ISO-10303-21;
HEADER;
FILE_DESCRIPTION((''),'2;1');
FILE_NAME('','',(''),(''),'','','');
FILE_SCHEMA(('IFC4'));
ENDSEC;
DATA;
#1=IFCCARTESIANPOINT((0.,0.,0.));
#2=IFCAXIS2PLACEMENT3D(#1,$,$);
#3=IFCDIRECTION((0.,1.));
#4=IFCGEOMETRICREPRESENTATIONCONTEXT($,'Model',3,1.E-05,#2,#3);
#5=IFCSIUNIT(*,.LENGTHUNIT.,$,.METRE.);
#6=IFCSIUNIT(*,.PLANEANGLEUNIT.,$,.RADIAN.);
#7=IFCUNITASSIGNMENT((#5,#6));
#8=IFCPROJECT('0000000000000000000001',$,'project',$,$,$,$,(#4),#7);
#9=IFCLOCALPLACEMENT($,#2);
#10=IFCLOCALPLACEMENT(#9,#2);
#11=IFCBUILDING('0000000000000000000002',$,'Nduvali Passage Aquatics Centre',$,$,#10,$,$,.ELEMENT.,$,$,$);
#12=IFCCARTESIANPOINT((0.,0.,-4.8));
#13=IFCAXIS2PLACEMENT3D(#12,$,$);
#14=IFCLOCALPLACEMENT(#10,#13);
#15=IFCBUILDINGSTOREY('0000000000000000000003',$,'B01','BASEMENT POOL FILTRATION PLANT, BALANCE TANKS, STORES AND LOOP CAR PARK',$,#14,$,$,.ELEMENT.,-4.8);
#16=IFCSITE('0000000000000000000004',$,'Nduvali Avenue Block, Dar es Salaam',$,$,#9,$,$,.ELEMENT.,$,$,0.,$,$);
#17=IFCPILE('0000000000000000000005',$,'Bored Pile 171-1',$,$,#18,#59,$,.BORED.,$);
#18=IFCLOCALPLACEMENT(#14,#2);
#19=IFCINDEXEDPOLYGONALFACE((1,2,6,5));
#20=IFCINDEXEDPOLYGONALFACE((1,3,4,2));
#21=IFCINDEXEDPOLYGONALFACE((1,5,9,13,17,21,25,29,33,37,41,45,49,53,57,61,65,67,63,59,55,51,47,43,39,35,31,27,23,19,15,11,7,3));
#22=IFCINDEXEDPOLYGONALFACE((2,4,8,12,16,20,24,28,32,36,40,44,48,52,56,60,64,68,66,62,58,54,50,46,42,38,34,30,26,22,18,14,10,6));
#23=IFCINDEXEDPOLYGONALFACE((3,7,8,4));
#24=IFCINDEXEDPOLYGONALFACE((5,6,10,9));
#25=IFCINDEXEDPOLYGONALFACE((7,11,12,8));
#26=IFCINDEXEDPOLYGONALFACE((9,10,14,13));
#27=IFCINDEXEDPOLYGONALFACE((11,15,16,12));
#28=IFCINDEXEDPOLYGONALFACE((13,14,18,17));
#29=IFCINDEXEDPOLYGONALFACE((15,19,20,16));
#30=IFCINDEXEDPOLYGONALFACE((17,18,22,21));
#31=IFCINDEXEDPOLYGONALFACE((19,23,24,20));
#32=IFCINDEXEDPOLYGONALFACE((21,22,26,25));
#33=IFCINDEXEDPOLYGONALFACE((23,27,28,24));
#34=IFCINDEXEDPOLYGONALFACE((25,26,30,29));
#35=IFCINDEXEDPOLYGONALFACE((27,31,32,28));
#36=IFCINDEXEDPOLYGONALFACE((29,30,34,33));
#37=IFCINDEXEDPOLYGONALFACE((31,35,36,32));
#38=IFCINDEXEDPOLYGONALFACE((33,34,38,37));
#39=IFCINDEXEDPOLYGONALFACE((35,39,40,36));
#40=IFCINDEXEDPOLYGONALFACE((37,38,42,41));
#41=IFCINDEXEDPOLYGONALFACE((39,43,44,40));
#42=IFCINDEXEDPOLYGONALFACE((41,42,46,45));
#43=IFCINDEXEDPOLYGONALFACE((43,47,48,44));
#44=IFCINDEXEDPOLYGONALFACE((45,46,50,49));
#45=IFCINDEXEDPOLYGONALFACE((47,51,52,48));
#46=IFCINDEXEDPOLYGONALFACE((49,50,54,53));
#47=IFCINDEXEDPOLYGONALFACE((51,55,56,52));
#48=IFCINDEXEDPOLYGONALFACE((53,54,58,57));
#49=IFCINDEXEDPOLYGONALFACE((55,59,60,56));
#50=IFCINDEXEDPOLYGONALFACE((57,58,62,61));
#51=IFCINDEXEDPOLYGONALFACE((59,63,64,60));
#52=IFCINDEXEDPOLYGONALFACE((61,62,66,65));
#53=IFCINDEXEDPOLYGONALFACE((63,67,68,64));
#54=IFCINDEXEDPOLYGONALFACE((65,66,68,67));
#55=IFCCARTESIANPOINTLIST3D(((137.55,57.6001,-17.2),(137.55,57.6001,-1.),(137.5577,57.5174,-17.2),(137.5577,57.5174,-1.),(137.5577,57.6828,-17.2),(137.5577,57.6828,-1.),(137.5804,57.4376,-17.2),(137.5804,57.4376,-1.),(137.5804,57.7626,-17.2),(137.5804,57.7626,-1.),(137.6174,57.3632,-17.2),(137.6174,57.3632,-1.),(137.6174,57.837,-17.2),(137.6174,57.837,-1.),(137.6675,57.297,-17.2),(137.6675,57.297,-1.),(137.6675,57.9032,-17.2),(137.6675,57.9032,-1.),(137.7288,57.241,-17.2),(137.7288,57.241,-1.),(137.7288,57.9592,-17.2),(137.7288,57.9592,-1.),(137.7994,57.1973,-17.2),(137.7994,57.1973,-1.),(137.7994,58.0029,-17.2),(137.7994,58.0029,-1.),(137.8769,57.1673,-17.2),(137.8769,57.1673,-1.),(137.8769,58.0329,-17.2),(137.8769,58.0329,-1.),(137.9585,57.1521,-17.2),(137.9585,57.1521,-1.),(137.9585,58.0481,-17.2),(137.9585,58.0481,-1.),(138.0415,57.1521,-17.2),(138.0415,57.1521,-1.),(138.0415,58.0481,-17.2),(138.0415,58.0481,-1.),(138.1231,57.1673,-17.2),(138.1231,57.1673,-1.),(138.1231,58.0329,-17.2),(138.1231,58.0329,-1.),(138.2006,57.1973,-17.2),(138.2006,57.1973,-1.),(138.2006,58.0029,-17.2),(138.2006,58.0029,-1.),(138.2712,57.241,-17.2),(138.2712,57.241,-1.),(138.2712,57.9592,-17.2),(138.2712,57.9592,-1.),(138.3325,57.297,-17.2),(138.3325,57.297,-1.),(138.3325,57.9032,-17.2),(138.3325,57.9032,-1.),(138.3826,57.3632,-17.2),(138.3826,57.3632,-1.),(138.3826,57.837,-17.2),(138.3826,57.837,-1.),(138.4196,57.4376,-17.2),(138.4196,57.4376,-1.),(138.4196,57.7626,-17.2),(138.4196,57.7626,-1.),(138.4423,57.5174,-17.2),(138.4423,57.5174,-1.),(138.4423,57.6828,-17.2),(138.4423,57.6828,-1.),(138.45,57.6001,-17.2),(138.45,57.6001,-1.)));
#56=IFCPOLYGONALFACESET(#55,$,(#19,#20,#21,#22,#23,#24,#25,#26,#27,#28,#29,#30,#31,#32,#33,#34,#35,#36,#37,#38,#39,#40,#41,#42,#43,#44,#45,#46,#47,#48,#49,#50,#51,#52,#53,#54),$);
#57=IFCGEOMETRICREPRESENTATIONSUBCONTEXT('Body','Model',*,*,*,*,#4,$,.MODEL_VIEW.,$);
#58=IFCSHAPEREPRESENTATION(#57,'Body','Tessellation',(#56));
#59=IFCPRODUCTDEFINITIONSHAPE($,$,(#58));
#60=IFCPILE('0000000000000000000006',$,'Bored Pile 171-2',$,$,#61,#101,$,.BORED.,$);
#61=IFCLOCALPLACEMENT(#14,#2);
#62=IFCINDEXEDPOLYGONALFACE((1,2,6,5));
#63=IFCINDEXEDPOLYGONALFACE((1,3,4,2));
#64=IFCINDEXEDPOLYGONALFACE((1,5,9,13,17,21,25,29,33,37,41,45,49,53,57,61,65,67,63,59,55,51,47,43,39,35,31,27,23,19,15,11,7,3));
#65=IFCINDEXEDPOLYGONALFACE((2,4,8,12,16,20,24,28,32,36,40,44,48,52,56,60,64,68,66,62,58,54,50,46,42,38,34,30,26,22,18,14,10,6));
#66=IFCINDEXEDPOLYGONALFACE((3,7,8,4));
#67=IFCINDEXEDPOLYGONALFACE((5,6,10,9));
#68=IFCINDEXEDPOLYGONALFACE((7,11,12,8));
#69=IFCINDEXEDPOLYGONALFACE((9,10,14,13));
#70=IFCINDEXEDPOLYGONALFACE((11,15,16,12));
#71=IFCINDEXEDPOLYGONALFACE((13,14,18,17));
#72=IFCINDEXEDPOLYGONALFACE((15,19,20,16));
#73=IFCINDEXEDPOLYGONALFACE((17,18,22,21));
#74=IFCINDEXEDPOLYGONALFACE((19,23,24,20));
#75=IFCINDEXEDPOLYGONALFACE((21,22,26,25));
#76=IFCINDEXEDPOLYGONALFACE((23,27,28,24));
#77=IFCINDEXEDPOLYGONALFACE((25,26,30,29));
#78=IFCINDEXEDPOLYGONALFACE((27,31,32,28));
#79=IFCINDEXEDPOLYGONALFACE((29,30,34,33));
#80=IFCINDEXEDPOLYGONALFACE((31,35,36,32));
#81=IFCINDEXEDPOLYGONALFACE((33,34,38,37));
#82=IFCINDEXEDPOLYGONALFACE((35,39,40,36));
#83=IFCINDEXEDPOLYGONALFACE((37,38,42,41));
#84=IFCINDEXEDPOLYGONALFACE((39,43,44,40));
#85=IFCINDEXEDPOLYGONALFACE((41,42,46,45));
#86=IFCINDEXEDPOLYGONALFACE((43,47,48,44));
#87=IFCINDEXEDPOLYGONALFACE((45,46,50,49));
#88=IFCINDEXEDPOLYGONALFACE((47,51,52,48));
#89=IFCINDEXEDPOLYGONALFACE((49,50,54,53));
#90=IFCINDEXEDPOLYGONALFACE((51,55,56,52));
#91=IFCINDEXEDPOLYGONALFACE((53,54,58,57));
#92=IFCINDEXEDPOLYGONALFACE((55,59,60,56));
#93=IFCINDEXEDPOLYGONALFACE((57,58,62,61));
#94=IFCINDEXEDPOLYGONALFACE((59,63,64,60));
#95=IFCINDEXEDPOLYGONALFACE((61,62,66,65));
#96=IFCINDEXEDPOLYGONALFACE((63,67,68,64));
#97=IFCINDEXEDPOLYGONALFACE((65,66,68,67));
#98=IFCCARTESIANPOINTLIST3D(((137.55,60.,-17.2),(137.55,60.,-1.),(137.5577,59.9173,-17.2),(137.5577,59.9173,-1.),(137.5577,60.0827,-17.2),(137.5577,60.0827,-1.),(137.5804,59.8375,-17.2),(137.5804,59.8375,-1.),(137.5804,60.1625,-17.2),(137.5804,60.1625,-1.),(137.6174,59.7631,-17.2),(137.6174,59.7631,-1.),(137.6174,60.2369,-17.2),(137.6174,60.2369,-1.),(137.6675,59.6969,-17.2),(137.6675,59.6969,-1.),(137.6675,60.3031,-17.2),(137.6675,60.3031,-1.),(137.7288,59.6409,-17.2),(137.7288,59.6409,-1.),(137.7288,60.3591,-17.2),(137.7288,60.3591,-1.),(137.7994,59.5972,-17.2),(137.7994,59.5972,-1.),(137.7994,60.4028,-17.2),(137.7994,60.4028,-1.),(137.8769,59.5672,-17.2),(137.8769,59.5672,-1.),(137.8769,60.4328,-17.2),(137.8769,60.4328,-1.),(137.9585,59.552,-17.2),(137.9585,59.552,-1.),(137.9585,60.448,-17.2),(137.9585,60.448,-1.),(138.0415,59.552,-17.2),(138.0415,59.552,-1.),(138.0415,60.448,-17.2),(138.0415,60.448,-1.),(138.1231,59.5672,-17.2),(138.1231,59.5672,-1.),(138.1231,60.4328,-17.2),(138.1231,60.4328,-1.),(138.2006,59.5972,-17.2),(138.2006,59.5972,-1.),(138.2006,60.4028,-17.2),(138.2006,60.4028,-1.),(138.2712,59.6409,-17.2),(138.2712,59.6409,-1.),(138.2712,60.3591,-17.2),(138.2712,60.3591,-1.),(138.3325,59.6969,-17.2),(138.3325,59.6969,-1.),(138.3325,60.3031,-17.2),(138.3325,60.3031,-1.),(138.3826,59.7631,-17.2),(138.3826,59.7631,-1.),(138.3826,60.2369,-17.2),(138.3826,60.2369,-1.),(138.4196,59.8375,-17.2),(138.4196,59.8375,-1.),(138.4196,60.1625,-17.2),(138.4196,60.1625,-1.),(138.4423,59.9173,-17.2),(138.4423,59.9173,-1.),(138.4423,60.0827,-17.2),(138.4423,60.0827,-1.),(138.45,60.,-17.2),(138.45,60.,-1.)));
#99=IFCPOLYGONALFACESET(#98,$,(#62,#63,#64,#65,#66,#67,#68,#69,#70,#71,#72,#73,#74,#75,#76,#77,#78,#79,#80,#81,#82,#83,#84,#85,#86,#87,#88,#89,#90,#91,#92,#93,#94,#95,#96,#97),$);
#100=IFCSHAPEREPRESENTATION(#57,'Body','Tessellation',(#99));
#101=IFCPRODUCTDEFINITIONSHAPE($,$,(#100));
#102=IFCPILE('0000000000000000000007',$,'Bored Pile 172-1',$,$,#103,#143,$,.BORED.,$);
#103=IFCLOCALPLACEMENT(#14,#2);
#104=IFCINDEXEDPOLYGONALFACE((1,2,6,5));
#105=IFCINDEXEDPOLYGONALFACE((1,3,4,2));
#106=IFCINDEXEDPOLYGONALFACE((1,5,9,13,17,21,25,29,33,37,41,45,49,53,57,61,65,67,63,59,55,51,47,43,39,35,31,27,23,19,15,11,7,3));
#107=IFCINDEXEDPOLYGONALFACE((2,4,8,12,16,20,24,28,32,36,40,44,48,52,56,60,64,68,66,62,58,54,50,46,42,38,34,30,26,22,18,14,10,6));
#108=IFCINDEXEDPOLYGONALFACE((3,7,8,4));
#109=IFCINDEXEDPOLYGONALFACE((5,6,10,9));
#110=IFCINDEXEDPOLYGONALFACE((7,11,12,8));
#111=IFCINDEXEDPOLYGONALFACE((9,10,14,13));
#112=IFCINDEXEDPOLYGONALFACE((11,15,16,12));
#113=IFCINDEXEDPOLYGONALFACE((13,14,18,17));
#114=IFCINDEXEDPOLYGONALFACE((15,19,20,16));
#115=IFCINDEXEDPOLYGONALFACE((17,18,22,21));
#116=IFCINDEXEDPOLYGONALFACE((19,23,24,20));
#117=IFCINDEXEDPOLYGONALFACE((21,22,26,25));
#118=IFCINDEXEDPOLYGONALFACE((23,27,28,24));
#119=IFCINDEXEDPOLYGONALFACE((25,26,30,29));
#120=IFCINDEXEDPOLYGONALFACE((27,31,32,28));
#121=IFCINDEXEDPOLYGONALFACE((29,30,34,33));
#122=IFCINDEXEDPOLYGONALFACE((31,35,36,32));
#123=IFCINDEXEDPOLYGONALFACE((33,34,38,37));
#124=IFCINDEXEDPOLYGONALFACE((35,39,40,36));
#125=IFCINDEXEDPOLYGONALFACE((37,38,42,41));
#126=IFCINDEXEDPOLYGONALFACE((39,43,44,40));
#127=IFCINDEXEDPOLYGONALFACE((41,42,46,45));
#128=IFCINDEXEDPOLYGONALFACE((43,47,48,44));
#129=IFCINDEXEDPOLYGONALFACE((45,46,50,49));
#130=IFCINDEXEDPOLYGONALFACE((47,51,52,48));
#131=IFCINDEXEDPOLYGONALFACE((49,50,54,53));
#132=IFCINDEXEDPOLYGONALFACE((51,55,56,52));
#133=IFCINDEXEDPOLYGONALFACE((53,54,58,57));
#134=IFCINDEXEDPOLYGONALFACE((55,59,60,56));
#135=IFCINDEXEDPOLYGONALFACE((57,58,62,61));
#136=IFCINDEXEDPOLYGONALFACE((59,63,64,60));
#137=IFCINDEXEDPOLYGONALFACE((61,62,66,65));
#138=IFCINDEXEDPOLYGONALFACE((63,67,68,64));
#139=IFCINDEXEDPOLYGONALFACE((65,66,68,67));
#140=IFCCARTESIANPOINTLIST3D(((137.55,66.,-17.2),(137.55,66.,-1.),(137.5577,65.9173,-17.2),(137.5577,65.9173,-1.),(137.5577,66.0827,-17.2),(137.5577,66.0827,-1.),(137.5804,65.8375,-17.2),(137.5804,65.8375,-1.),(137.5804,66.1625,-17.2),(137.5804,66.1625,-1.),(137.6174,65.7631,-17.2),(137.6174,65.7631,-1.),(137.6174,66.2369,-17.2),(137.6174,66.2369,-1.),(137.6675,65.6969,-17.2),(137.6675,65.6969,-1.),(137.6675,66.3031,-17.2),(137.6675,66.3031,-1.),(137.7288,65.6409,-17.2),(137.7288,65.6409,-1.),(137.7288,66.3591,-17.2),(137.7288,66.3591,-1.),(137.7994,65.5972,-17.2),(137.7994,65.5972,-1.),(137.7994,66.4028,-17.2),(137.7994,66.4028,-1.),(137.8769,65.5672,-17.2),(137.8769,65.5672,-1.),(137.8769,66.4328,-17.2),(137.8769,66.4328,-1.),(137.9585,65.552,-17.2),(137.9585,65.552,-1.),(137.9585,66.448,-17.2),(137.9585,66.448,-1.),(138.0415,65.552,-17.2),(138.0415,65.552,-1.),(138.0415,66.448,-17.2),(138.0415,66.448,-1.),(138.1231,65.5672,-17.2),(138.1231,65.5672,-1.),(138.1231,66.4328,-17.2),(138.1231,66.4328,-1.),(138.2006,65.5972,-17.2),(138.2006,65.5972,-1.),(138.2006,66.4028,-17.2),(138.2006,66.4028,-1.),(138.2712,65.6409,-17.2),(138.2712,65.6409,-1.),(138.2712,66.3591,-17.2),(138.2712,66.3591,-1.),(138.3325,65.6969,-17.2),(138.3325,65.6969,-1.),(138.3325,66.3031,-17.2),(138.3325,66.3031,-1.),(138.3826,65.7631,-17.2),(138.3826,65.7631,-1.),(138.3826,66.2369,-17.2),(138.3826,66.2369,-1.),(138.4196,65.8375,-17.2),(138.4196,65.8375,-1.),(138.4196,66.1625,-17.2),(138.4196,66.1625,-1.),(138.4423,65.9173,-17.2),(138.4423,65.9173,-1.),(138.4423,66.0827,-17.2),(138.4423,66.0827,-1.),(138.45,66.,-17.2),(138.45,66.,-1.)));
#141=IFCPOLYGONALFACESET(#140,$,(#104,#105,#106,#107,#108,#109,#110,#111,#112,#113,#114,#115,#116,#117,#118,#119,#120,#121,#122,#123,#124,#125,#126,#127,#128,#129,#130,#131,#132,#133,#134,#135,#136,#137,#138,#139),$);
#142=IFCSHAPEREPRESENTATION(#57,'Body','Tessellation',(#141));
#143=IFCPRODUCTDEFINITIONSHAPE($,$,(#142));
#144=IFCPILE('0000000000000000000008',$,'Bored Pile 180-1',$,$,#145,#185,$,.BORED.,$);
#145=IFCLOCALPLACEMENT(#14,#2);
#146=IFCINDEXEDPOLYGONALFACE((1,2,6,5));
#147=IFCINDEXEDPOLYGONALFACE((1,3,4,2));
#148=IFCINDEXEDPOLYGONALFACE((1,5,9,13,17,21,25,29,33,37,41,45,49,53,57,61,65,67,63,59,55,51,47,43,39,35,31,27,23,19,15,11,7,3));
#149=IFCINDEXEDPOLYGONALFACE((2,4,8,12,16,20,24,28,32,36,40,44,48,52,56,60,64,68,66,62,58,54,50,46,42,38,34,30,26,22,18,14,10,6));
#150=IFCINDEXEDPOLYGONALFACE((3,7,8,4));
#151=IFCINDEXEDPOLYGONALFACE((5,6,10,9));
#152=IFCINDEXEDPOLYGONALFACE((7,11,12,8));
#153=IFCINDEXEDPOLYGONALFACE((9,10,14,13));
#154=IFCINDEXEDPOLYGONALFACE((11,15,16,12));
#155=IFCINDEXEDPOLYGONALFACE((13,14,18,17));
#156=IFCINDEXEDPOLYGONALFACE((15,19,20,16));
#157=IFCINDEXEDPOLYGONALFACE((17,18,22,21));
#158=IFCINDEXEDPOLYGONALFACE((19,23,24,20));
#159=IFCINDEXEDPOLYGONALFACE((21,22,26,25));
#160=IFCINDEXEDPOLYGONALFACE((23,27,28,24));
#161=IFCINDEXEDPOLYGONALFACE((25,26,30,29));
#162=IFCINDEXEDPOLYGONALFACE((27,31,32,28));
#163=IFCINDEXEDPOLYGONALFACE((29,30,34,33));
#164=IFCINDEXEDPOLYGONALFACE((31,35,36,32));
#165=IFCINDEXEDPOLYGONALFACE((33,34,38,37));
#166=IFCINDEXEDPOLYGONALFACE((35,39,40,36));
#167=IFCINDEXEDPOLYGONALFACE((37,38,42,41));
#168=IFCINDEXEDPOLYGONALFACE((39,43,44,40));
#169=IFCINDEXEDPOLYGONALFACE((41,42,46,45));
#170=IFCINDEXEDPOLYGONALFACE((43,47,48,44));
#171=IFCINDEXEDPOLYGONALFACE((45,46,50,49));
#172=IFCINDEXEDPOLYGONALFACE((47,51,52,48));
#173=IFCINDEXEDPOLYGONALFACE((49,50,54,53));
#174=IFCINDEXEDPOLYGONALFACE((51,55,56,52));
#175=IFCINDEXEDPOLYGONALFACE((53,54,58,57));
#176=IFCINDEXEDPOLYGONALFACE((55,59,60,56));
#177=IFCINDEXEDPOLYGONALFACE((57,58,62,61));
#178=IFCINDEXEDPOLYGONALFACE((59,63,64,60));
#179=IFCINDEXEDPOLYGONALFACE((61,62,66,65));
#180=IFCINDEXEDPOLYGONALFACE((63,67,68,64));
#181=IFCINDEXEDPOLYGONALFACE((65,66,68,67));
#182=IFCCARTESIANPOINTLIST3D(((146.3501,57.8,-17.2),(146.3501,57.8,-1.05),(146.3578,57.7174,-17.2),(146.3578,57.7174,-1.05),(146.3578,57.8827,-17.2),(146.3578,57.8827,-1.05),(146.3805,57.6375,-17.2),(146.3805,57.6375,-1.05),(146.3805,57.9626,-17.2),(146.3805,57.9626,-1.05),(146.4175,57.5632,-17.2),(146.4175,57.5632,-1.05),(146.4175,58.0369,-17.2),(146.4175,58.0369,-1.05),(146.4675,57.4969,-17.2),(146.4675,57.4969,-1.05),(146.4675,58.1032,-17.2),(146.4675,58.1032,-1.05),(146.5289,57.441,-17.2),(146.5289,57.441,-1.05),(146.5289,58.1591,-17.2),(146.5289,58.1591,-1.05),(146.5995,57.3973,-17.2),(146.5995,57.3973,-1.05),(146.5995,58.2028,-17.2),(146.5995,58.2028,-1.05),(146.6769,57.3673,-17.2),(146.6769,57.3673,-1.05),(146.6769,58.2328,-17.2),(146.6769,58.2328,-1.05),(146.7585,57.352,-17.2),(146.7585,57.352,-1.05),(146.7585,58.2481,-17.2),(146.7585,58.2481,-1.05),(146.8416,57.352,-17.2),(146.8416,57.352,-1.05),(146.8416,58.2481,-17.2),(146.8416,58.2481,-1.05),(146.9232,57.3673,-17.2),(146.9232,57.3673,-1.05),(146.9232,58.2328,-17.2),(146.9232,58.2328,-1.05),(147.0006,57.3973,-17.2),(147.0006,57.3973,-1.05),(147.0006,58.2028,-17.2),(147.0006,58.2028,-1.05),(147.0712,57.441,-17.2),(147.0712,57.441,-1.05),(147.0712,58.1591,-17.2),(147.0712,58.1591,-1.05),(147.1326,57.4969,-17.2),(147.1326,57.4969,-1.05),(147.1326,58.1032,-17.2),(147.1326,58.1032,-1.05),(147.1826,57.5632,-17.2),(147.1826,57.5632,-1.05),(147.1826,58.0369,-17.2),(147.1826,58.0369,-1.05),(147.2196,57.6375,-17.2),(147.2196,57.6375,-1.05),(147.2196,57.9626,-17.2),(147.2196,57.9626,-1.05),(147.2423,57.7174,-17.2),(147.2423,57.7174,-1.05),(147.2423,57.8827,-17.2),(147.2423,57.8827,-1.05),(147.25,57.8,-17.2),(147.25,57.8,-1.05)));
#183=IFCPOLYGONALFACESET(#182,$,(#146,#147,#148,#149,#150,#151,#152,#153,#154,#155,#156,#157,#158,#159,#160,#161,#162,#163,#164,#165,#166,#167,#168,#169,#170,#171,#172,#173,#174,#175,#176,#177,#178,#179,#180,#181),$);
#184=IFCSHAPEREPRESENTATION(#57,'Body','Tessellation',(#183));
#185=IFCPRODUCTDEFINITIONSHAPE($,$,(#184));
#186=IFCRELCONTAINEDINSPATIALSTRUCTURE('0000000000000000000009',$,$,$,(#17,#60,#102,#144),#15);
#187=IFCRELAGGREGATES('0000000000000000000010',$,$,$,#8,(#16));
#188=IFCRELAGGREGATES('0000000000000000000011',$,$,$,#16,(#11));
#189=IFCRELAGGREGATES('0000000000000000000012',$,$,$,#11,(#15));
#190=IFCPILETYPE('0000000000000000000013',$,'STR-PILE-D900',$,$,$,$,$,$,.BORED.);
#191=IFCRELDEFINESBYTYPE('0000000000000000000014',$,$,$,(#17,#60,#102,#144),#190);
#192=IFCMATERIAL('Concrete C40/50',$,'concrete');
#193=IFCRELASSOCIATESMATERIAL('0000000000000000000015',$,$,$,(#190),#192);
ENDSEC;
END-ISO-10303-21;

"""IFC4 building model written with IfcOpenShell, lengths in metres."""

from ifc_helpers import new_model, si_unit, direction, frame, origin, origin_2d, place, context, subcontext, project, spatial, circle, extrude, material, material_profile, profile_set, type_object, element, save


model = new_model("IFC4")

# Units and contexts
model_context = context("Model", 3, precision=1e-05, world=origin(), true_north=direction((0.0, 1.0)))
body_context = subcontext(model_context, "Body", "Model", "MODEL_VIEW")
ifc_project = project(units=[si_unit("LENGTHUNIT", "METRE"), si_unit("PLANEANGLEUNIT", "RADIAN")], contexts=[model_context])

# Site, building, storey
site_placement = place(None, origin())
site = spatial("IfcSite", under=ifc_project, at=site_placement, Name="Nduvali Avenue Block, Dar es Salaam", CompositionType="ELEMENT", RefElevation=0.0)
building_placement = place(site_placement, origin())
building = spatial("IfcBuilding", under=site, at=building_placement, Name="Nduvali Passage Aquatics Centre", CompositionType="ELEMENT")
storey_placement = place(building_placement, frame((0.0, 0.0, -4.8)))
storey = spatial("IfcBuildingStorey", under=building, at=storey_placement, Name="B01", Description="BASEMENT POOL FILTRATION PLANT, BALANCE TANKS, STORES AND LOOP CAR PARK", CompositionType="ELEMENT", Elevation=-4.8)

# Shared definitions
ifc_material = material(Name="Concrete C40/50", Category="concrete")

# Piles
ifc_material_profile_1 = material_profile(ifc_material, circle(Radius=0.45, at=origin_2d()), Name="PILE D900")
ifc_profile_set_1 = profile_set([ifc_material_profile_1], Name="Concrete C40/50")
pile_type = type_object("IfcPileType", Name="STR-PILE-D900", PredefinedType="BORED", material=ifc_profile_set_1)
for number, where, z_axis, x_axis, name in (
    (1, (138.0, 57.6001, -1.0), (0.0, 0.0, -1.0), (1.0, 0.0, 0.0), "Bored Pile 171-1"),
    (2, (138.0, 60.0, -1.0), (0.0, 0.0, -1.0), (1.0, 0.0, 0.0), "Bored Pile 171-2"),
    (3, (138.0, 66.0, -1.0), (0.0, 0.0, -1.0), (1.0, 0.0, 0.0), "Bored Pile 172-1"),
):
    element("IfcPile", number, at=place(storey_placement, frame(where, z_axis=z_axis, x_axis=x_axis)), inside=storey, type_object=pile_type, Name=name, PredefinedType="BORED", context=body_context, shape_type="SweptSolid", body=[
        extrude(circle(Radius=0.45, at=origin_2d()), origin(), (0.0, 0.0, 1.0), 16.2),
    ])
pile_1_placement = place(storey_placement, frame((146.8, 57.8, -1.05), z_axis=(0.0, 0.0, -1.0), x_axis=(1.0, 0.0, 0.0)))
element("IfcPile", 4, at=pile_1_placement, inside=storey, type_object=pile_type, Name="Bored Pile 180-1", PredefinedType="BORED", context=body_context, shape_type="SweptSolid", body=[
    extrude(circle(Radius=0.45, at=origin_2d()), origin(), (0.0, 0.0, 1.0), 16.1499),
])

save(model, "model.ifc")
